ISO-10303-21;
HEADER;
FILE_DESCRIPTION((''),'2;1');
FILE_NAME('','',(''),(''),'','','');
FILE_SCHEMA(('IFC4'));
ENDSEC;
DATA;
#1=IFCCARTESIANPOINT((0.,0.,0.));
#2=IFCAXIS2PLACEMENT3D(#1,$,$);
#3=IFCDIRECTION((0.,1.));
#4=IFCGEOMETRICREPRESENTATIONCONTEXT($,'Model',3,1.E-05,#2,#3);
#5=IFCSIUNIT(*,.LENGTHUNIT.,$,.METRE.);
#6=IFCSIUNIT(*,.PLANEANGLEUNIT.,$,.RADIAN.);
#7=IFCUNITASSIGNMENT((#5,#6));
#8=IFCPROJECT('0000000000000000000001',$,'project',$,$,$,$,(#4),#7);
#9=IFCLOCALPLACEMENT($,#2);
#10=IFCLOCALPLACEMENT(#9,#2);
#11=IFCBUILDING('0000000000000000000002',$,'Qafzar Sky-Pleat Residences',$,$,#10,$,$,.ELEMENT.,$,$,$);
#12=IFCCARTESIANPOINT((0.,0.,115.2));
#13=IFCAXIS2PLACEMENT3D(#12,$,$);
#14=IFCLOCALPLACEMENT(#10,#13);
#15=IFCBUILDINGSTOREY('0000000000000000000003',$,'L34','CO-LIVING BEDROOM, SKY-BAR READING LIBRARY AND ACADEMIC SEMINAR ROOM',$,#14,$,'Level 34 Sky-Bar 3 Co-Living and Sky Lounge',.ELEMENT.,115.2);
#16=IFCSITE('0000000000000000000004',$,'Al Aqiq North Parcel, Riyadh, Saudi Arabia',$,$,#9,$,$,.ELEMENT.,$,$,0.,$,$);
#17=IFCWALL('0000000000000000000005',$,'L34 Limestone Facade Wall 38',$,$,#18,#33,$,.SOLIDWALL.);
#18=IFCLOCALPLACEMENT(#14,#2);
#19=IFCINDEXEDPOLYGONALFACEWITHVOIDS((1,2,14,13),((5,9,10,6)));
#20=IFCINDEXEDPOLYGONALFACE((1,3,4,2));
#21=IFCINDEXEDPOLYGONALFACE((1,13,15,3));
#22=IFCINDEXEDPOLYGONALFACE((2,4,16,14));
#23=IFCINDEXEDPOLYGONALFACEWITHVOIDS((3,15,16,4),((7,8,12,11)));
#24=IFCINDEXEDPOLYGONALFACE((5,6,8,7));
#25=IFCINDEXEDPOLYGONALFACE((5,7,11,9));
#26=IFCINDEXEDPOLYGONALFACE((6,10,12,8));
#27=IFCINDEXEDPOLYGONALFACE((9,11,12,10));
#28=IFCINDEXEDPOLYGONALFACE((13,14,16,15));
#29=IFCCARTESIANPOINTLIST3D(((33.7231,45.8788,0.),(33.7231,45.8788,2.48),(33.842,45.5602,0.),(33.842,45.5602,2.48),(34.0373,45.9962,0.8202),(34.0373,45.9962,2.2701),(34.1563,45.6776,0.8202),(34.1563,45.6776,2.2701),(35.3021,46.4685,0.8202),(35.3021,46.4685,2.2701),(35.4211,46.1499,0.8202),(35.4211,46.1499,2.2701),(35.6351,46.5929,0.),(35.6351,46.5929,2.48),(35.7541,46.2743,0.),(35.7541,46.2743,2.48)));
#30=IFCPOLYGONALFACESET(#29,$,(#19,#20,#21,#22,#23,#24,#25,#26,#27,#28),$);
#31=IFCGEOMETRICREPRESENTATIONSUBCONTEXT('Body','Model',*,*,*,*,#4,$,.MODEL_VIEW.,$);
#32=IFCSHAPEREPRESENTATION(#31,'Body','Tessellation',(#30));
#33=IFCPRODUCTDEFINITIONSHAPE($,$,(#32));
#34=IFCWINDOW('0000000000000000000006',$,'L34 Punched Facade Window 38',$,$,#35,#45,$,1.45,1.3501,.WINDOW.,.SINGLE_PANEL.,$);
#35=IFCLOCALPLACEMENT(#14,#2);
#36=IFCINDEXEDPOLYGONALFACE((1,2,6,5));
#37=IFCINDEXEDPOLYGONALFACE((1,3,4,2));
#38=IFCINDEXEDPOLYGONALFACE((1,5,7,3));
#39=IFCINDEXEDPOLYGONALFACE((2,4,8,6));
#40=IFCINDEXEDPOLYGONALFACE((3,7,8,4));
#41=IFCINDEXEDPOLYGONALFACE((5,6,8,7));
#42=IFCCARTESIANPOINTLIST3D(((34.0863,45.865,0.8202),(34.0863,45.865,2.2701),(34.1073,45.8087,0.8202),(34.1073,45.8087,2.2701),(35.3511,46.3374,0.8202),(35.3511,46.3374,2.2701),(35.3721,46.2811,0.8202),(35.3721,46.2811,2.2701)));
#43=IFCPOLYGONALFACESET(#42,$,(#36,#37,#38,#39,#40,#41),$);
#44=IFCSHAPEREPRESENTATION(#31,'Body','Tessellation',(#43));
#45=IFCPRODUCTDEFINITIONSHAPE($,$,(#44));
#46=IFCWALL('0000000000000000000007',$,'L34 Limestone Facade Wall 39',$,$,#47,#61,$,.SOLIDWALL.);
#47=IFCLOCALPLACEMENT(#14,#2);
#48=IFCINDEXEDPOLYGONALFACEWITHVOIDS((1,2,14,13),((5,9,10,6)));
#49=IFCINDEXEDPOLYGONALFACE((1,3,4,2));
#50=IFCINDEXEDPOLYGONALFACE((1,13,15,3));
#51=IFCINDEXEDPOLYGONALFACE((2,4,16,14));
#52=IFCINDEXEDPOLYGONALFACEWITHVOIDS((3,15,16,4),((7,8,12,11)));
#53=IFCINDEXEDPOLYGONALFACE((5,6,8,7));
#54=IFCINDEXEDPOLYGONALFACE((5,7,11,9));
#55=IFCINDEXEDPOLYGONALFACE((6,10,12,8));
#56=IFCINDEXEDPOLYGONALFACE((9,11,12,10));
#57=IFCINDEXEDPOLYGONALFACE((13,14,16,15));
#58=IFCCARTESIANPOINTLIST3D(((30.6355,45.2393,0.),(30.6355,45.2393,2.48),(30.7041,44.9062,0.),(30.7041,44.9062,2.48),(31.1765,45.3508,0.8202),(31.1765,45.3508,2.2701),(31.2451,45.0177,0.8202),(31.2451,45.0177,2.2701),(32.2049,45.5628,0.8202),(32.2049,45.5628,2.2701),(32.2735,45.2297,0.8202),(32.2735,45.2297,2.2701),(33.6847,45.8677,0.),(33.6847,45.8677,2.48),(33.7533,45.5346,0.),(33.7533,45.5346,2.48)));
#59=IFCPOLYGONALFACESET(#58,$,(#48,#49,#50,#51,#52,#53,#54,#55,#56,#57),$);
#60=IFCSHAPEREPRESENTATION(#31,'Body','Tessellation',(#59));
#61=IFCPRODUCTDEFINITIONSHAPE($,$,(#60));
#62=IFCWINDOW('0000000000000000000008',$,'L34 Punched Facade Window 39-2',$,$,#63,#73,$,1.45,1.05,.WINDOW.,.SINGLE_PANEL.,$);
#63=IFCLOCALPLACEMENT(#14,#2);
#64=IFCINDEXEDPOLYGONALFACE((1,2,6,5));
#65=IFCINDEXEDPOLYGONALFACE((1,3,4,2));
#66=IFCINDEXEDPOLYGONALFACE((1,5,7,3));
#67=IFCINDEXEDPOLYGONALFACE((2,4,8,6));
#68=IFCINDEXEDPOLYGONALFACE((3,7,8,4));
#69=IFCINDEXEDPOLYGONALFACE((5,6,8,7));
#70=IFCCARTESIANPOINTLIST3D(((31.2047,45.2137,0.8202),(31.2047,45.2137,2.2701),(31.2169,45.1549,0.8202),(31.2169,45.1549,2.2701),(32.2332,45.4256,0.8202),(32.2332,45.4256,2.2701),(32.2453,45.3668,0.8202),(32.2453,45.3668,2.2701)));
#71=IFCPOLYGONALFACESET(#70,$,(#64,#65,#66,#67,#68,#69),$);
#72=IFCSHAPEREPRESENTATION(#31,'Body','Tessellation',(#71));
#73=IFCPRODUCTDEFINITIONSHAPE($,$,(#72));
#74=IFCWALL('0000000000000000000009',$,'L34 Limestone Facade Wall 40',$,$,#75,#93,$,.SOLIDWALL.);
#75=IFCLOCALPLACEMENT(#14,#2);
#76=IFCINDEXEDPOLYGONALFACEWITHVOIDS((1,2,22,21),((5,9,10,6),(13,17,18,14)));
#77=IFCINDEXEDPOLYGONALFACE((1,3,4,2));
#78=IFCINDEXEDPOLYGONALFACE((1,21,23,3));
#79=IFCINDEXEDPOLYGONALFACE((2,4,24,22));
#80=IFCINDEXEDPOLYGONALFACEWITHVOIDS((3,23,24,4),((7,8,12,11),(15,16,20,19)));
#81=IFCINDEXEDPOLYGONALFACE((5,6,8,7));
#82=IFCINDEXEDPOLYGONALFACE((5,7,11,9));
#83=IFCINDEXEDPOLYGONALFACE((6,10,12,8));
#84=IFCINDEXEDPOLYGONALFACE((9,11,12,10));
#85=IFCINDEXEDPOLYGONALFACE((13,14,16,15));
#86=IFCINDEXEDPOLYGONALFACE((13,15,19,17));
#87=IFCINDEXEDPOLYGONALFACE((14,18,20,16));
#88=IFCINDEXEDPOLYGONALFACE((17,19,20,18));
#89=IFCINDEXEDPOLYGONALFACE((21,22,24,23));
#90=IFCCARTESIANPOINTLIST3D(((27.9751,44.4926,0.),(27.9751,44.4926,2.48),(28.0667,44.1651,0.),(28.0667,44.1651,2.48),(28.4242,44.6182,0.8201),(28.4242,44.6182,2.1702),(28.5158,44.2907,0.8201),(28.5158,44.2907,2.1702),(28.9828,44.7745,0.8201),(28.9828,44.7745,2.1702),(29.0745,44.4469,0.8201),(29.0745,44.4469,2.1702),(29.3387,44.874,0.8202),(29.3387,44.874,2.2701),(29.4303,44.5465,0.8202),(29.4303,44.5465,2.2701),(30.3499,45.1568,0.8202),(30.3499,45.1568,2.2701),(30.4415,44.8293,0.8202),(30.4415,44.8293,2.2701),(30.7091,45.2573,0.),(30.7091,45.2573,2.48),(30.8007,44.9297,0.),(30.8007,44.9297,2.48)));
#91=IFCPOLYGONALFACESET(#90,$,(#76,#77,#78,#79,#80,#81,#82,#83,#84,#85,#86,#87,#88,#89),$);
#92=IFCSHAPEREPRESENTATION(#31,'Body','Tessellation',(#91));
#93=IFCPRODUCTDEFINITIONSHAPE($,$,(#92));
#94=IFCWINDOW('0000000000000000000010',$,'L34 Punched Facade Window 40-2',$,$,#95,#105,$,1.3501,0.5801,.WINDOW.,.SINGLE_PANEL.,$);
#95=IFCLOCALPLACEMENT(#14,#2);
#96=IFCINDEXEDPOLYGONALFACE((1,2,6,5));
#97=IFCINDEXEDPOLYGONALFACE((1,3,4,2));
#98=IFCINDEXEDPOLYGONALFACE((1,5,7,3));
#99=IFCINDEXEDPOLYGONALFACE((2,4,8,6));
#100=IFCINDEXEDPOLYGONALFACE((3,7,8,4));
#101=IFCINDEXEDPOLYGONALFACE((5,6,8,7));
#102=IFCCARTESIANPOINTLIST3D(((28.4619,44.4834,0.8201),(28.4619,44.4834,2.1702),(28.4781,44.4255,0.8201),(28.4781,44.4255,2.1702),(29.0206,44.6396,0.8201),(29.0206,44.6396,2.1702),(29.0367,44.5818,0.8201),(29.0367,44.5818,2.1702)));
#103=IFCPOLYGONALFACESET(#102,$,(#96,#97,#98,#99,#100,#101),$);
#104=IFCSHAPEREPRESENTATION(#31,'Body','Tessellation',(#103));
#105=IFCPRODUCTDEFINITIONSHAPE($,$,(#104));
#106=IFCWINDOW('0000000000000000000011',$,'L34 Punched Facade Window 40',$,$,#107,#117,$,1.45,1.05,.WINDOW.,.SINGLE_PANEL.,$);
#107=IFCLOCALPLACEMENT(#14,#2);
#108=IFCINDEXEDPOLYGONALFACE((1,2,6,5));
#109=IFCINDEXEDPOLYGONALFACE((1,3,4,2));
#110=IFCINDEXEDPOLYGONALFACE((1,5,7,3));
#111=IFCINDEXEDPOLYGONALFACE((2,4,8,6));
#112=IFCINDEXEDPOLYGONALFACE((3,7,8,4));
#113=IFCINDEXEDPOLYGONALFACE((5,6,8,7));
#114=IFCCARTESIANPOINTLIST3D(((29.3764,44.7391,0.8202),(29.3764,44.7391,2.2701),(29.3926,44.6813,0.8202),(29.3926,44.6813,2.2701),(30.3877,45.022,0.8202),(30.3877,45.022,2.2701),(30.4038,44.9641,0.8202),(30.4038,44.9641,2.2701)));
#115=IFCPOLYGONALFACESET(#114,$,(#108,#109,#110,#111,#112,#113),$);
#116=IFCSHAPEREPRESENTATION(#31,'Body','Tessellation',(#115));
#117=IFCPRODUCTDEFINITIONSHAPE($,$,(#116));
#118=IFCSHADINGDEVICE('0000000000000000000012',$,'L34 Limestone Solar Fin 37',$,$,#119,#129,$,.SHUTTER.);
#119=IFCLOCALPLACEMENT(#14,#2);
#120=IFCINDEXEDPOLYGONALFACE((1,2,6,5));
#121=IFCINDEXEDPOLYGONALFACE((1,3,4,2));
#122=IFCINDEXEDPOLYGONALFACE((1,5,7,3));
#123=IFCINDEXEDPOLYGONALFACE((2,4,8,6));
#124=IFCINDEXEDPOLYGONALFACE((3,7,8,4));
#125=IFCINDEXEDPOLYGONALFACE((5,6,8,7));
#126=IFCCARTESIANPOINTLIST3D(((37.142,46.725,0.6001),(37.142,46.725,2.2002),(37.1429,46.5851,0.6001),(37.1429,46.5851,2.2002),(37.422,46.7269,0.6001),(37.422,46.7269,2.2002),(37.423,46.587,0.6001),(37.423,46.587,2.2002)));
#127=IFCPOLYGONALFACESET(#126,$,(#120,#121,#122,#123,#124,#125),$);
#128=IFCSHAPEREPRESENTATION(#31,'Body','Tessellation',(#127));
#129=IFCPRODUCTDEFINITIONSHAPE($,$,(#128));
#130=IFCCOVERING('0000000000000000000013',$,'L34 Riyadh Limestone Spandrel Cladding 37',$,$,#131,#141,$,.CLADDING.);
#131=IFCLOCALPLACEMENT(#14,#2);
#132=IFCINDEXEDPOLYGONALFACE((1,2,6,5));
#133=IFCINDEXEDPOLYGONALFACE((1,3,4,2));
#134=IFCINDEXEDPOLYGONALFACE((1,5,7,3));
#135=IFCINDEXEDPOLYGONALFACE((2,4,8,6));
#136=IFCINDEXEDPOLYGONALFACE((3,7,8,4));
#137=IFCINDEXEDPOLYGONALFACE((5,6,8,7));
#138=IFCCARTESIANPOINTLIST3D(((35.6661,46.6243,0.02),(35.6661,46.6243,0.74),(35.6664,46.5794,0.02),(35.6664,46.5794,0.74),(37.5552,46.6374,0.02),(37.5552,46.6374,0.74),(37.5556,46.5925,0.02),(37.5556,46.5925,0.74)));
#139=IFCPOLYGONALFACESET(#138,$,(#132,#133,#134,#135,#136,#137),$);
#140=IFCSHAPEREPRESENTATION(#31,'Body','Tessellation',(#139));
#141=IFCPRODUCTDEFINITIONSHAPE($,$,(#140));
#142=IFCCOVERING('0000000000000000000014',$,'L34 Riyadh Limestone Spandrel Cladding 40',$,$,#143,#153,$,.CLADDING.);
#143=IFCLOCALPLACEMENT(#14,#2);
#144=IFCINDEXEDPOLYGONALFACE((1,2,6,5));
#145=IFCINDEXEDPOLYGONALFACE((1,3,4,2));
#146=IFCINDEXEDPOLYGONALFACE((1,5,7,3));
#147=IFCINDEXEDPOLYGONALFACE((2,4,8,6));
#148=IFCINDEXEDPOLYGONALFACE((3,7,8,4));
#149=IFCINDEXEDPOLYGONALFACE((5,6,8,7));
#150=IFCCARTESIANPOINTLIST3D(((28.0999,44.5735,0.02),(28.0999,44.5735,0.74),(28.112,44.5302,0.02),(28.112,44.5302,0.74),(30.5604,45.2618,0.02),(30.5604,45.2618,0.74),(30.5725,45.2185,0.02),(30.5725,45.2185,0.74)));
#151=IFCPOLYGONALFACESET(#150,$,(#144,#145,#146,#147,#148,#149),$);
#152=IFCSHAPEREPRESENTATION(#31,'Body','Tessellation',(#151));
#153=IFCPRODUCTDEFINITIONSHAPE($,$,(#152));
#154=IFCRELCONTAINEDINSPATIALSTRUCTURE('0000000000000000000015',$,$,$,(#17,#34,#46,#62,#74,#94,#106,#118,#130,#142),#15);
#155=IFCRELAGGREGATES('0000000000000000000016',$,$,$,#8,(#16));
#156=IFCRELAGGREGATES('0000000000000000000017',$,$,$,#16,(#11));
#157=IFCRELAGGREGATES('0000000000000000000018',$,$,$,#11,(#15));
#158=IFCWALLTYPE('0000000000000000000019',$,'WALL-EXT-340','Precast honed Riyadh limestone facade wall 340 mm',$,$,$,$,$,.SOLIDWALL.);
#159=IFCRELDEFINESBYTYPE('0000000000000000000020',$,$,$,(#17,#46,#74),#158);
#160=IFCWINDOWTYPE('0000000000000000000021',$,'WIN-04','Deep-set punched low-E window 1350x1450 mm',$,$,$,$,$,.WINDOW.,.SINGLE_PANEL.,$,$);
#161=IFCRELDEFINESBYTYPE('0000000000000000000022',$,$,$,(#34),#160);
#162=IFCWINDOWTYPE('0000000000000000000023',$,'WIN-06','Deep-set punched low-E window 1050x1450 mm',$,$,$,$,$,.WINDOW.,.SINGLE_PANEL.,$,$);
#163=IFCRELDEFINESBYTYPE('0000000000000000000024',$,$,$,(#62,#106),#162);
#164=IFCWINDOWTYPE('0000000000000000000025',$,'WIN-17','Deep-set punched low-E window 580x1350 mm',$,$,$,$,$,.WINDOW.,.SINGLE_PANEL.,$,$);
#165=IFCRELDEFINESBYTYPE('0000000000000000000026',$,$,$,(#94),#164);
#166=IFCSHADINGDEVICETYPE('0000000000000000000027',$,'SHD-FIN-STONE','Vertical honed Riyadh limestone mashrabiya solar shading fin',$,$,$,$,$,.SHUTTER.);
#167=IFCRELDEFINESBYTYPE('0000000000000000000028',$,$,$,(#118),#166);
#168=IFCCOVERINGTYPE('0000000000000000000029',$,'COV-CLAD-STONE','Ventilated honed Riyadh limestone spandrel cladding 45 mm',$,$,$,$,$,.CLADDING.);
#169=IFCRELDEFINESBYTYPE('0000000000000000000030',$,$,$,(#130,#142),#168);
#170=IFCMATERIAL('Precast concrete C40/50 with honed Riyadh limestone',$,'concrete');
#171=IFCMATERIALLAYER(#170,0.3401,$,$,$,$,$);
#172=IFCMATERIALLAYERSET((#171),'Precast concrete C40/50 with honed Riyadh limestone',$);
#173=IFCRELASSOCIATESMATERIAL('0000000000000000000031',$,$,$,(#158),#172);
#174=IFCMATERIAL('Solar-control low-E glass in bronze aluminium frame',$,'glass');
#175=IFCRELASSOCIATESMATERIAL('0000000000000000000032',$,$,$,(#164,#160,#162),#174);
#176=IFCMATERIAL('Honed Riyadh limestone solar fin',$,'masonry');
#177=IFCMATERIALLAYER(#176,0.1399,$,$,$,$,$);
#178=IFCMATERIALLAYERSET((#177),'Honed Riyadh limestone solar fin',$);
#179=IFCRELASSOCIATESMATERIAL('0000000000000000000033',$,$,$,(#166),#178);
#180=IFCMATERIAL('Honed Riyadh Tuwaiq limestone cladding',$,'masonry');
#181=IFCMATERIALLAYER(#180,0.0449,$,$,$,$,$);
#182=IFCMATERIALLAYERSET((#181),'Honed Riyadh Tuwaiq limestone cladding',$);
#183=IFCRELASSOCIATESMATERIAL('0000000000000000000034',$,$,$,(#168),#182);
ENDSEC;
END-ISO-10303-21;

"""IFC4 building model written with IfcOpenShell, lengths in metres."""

from ifc_helpers import new_model, si_unit, direction, frame, frame_2d, origin, origin_2d, place, context, subcontext, project, spatial, rectangle, extrude, source, transform, mapped, material, layer, layer_set, type_object, element, fill, save


model = new_model("IFC4")

# Units and contexts
model_context = context("Model", 3, precision=1e-05, world=origin(), true_north=direction((0.0, 1.0)))
body_context = subcontext(model_context, "Body", "Model", "MODEL_VIEW")
ifc_project = project(units=[si_unit("LENGTHUNIT", "METRE"), si_unit("PLANEANGLEUNIT", "RADIAN")], contexts=[model_context])

# Site, building, storey
site_placement = place(None, origin())
site = spatial("IfcSite", under=ifc_project, at=site_placement, Name="Al Aqiq North Parcel, Riyadh, Saudi Arabia", CompositionType="ELEMENT", RefElevation=0.0)
building_placement = place(site_placement, origin())
building = spatial("IfcBuilding", under=site, at=building_placement, Name="Qafzar Sky-Pleat Residences", CompositionType="ELEMENT")
storey_placement = place(building_placement, frame((0.0, 0.0, 115.2)))
storey = spatial("IfcBuildingStorey", under=building, at=storey_placement, Name="L34", Description="CO-LIVING BEDROOM, SKY-BAR READING LIBRARY AND ACADEMIC SEMINAR ROOM", LongName="Level 34 Sky-Bar 3 Co-Living and Sky Lounge", CompositionType="ELEMENT", Elevation=115.2)

# Walls, openings, windows
ifc_material_1 = material(Name="Precast concrete C40/50 with honed Riyadh limestone", Category="concrete")
ifc_layer_1 = layer(ifc_material_1, 0.3401)
ifc_layer_set_1 = layer_set([ifc_layer_1], Name="Precast concrete C40/50 with honed Riyadh limestone")
wall_type_1 = type_object("IfcWallType", Name="WALL-EXT-340", Description="Precast honed Riyadh limestone facade wall 340 mm", PredefinedType="SOLIDWALL", material=ifc_layer_set_1)
ifc_material_2 = material(Name="Solar-control low-E glass in bronze aluminium frame", Category="glass")
window_type_1 = type_object("IfcWindowType", Name="WIN-17", Description="Deep-set punched low-E window 580x1350 mm", PartitioningType="SINGLE_PANEL", PredefinedType="WINDOW", material=ifc_material_2)
shared_shape_1 = source(origin(), body_context, "Body", "SweptSolid", [
    extrude(rectangle(XDim=0.5801, YDim=1.3501, at=frame_2d((0.29, 0.675))), frame((0.0, 0.03, 0.0), z_axis=(0.0, -1.0, 0.0), x_axis=(1.0, 0.0, 0.0)), (0.0, 0.0, 1.0), 0.0601),
])
wall_1_placement = place(storey_placement, frame((35.6946, 46.4336, 0.0), z_axis=(0.0, 0.0, 1.0), x_axis=(-0.9368, -0.349865, 0.0)))
wall_1 = element("IfcWall", 1, at=wall_1_placement, inside=storey, type_object=wall_type_1, Name="L34 Limestone Facade Wall 38", PredefinedType="SOLIDWALL", context=body_context, shape_type="SweptSolid", body=[
    extrude(rectangle(XDim=2.041, YDim=0.3401, at=frame_2d((1.0205, 0.0))), origin(), (0.0, 0.0, 1.0), 2.48),
])
opening_1_placement = place(wall_1_placement, frame((0.3555, 0.0, 0.8201)))
opening_1 = element("IfcOpeningElement", 2, at=opening_1_placement, cuts=wall_1, PredefinedType="OPENING", context=body_context, shape_type="SweptSolid", body=[
    extrude(rectangle(XDim=1.3501, YDim=1.45, at=frame_2d((0.675, 0.7251))), frame((0.0, 0.1802, 0.0), z_axis=(0.0, -1.0, 0.0), x_axis=(1.0, 0.0, 0.0)), (0.0, 0.0, 1.0), 0.3601),
])
window_type_2 = type_object("IfcWindowType", Name="WIN-04", Description="Deep-set punched low-E window 1350x1450 mm", PartitioningType="SINGLE_PANEL", PredefinedType="WINDOW", material=ifc_material_2)
shared_shape_2 = source(origin(), body_context, "Body", "SweptSolid", [
    extrude(rectangle(XDim=1.3501, YDim=1.45, at=frame_2d((0.675, 0.7251))), frame((0.0, 0.03, 0.0), z_axis=(0.0, -1.0, 0.0), x_axis=(1.0, 0.0, 0.0)), (0.0, 0.0, 1.0), 0.0601),
])
window_1_placement = place(opening_1_placement, origin())
window_1 = element("IfcWindow", 3, at=window_1_placement, inside=storey, type_object=window_type_2, Name="L34 Punched Facade Window 38", OverallHeight=1.45, OverallWidth=1.3501, PartitioningType="SINGLE_PANEL", PredefinedType="WINDOW", context=body_context, shape_type="MappedRepresentation", body=[
    mapped(shared_shape_2, transform((0.0, 0.0, 0.0), x_axis=(1.0, 0.0, 0.0), y_axis=(0.0, 1.0, 0.0), z_axis=(0.0, 0.0, 1.0), scale=1.0)),
])
fill(opening_1, window_1)
wall_2_placement = place(storey_placement, frame((33.719, 45.7012, 0.0), z_axis=(0.0, 0.0, 1.0), x_axis=(-0.979418, -0.201843, 0.0)))
wall_2 = element("IfcWall", 4, at=wall_2_placement, inside=storey, type_object=wall_type_1, Name="L34 Limestone Facade Wall 39", PredefinedType="SOLIDWALL", context=body_context, shape_type="SweptSolid", body=[
    extrude(rectangle(XDim=3.1133, YDim=0.3401, at=frame_2d((1.5566, 0.0))), origin(), (0.0, 0.0, 1.0), 2.48),
])
opening_2_placement = place(wall_2_placement, frame((1.511, 0.0, 0.8201)))
opening_2 = element("IfcOpeningElement", 5, at=opening_2_placement, cuts=wall_2, PredefinedType="OPENING", context=body_context, shape_type="SweptSolid", body=[
    extrude(rectangle(XDim=1.05, YDim=1.45, at=frame_2d((0.5249, 0.7251))), frame((0.0, 0.1802, 0.0), z_axis=(0.0, -1.0, 0.0), x_axis=(1.0, 0.0, 0.0)), (0.0, 0.0, 1.0), 0.3601),
])
window_type_3 = type_object("IfcWindowType", Name="WIN-06", Description="Deep-set punched low-E window 1050x1450 mm", PartitioningType="SINGLE_PANEL", PredefinedType="WINDOW", material=ifc_material_2)
shared_shape_3 = source(origin(), body_context, "Body", "SweptSolid", [
    extrude(rectangle(XDim=1.05, YDim=1.45, at=frame_2d((0.5249, 0.7251))), frame((0.0, 0.03, 0.0), z_axis=(0.0, -1.0, 0.0), x_axis=(1.0, 0.0, 0.0)), (0.0, 0.0, 1.0), 0.0601),
])
window_2_placement = place(opening_2_placement, origin())
window_2 = element("IfcWindow", 6, at=window_2_placement, inside=storey, type_object=window_type_3, Name="L34 Punched Facade Window 39-2", OverallHeight=1.45, OverallWidth=1.05, PartitioningType="SINGLE_PANEL", PredefinedType="WINDOW", context=body_context, shape_type="MappedRepresentation", body=[
    mapped(shared_shape_3, transform((0.0, 0.0, 0.0), x_axis=(1.0, 0.0, 0.0), y_axis=(0.0, 1.0, 0.0), z_axis=(0.0, 0.0, 1.0), scale=1.0)),
])
fill(opening_2, window_2)

# Wall, openings, windows
wall_3_placement = place(storey_placement, frame((30.7549, 45.0935, 0.0), z_axis=(0.0, 0.0, 1.0), x_axis=(-0.963041, -0.269356, 0.0)))
wall_3 = element("IfcWall", 7, at=wall_3_placement, inside=storey, type_object=wall_type_1, Name="L34 Limestone Facade Wall 40", PredefinedType="SOLIDWALL", context=body_context, shape_type="SweptSolid", body=[
    extrude(rectangle(XDim=2.8389, YDim=0.3401, at=frame_2d((1.4194, 0.0))), origin(), (0.0, 0.0, 1.0), 2.48),
])
opening_3_placement = place(wall_3_placement, frame((0.373, 0.0, 0.8201)))
opening_3 = element("IfcOpeningElement", 8, at=opening_3_placement, cuts=wall_3, PredefinedType="OPENING", context=body_context, shape_type="SweptSolid", body=[
    extrude(rectangle(XDim=1.05, YDim=1.45, at=frame_2d((0.5249, 0.7251))), frame((0.0, 0.1802, 0.0), z_axis=(0.0, -1.0, 0.0), x_axis=(1.0, 0.0, 0.0)), (0.0, 0.0, 1.0), 0.3601),
])
opening_4_placement = place(wall_3_placement, frame((1.7925, 0.0, 0.8201)))
opening_4 = element("IfcOpeningElement", 9, at=opening_4_placement, cuts=wall_3, PredefinedType="OPENING", context=body_context, shape_type="SweptSolid", body=[
    extrude(rectangle(XDim=0.5801, YDim=1.3501, at=frame_2d((0.29, 0.675))), frame((0.0, 0.1802, 0.0), z_axis=(0.0, -1.0, 0.0), x_axis=(1.0, 0.0, 0.0)), (0.0, 0.0, 1.0), 0.3601),
])
window_3_placement = place(opening_4_placement, origin())
window_3 = element("IfcWindow", 10, at=window_3_placement, inside=storey, type_object=window_type_1, Name="L34 Punched Facade Window 40-2", OverallHeight=1.3501, OverallWidth=0.5801, PartitioningType="SINGLE_PANEL", PredefinedType="WINDOW", context=body_context, shape_type="MappedRepresentation", body=[
    mapped(shared_shape_1, transform((0.0, 0.0, 0.0), x_axis=(1.0, 0.0, 0.0), y_axis=(0.0, 1.0, 0.0), z_axis=(0.0, 0.0, 1.0), scale=1.0)),
])
fill(opening_4, window_3)
window_4_placement = place(opening_3_placement, origin())
window_4 = element("IfcWindow", 11, at=window_4_placement, inside=storey, type_object=window_type_3, Name="L34 Punched Facade Window 40", OverallHeight=1.45, OverallWidth=1.05, PartitioningType="SINGLE_PANEL", PredefinedType="WINDOW", context=body_context, shape_type="MappedRepresentation", body=[
    mapped(shared_shape_3, transform((0.0, 0.0, 0.0), x_axis=(1.0, 0.0, 0.0), y_axis=(0.0, 1.0, 0.0), z_axis=(0.0, 0.0, 1.0), scale=1.0)),
])
fill(opening_3, window_4)

# Shading device
ifc_material_3 = material(Name="Honed Riyadh limestone solar fin", Category="masonry")
ifc_layer_2 = layer(ifc_material_3, 0.1399)
ifc_layer_set_2 = layer_set([ifc_layer_2], Name="Honed Riyadh limestone solar fin")
shading_device_type = type_object("IfcShadingDeviceType", Name="SHD-FIN-STONE", Description="Vertical honed Riyadh limestone mashrabiya solar shading fin", PredefinedType="SHUTTER", material=ifc_layer_set_2)
shared_shape_4 = source(origin(), body_context, "Body", "SweptSolid", [
    extrude(rectangle(XDim=0.1399, YDim=0.28, at=origin_2d()), origin(), (0.0, 0.0, 1.0), 1.6001),
])
shading_device_placement = place(storey_placement, frame((37.2825, 46.656, 0.6001), z_axis=(0.0, 0.0, 1.0), x_axis=(-0.006871, 0.999976, 0.0)))
element("IfcShadingDevice", 12, at=shading_device_placement, inside=storey, type_object=shading_device_type, Name="L34 Limestone Solar Fin 37", PredefinedType="SHUTTER", context=body_context, shape_type="MappedRepresentation", body=[
    mapped(shared_shape_4, transform((0.0, 0.0, 0.0), x_axis=(1.0, 0.0, 0.0), y_axis=(0.0, 1.0, 0.0), z_axis=(0.0, 0.0, 1.0), scale=1.0)),
])

# Covering
ifc_material_4 = material(Name="Honed Riyadh Tuwaiq limestone cladding", Category="masonry")
ifc_layer_3 = layer(ifc_material_4, 0.0449)
ifc_layer_set_3 = layer_set([ifc_layer_3], Name="Honed Riyadh Tuwaiq limestone cladding")
covering_type = type_object("IfcCoveringType", Name="COV-CLAD-STONE", Description="Ventilated honed Riyadh limestone spandrel cladding 45 mm", PredefinedType="CLADDING", material=ifc_layer_set_3)
shared_shape_5 = source(origin(), body_context, "Body", "SweptSolid", [
    extrude(rectangle(XDim=1.8892, YDim=0.0449, at=origin_2d()), origin(), (0.0, 0.0, 1.0), 0.72),
])
covering_1_placement = place(storey_placement, frame((36.6108, 46.6084, 0.02), z_axis=(0.0, 0.0, 1.0), x_axis=(-0.999976, -0.006908, 0.0)))
element("IfcCovering", 13, at=covering_1_placement, inside=storey, type_object=covering_type, Name="L34 Riyadh Limestone Spandrel Cladding 37", PredefinedType="CLADDING", context=body_context, shape_type="MappedRepresentation", body=[
    mapped(shared_shape_5, transform((0.0, 0.0, 0.0), x_axis=(1.0, 0.0, 0.0), y_axis=(0.0, 1.0, 0.0), z_axis=(0.0, 0.0, 1.0), scale=1.0)),
])

# Covering
shared_shape_6 = source(origin(), body_context, "Body", "SweptSolid", [
    extrude(rectangle(XDim=2.5549, YDim=0.0449, at=origin_2d()), origin(), (0.0, 0.0, 1.0), 0.72),
])
covering_2_placement = place(storey_placement, frame((29.3362, 44.896, 0.02), z_axis=(0.0, 0.0, 1.0), x_axis=(-0.963034, -0.26938, 0.0)))
element("IfcCovering", 14, at=covering_2_placement, inside=storey, type_object=covering_type, Name="L34 Riyadh Limestone Spandrel Cladding 40", PredefinedType="CLADDING", context=body_context, shape_type="MappedRepresentation", body=[
    mapped(shared_shape_6, transform((0.0, 0.0, 0.0), x_axis=(1.0, 0.0, 0.0), y_axis=(0.0, 1.0, 0.0), z_axis=(0.0, 0.0, 1.0), scale=1.0)),
])

save(model, "model.ifc")
